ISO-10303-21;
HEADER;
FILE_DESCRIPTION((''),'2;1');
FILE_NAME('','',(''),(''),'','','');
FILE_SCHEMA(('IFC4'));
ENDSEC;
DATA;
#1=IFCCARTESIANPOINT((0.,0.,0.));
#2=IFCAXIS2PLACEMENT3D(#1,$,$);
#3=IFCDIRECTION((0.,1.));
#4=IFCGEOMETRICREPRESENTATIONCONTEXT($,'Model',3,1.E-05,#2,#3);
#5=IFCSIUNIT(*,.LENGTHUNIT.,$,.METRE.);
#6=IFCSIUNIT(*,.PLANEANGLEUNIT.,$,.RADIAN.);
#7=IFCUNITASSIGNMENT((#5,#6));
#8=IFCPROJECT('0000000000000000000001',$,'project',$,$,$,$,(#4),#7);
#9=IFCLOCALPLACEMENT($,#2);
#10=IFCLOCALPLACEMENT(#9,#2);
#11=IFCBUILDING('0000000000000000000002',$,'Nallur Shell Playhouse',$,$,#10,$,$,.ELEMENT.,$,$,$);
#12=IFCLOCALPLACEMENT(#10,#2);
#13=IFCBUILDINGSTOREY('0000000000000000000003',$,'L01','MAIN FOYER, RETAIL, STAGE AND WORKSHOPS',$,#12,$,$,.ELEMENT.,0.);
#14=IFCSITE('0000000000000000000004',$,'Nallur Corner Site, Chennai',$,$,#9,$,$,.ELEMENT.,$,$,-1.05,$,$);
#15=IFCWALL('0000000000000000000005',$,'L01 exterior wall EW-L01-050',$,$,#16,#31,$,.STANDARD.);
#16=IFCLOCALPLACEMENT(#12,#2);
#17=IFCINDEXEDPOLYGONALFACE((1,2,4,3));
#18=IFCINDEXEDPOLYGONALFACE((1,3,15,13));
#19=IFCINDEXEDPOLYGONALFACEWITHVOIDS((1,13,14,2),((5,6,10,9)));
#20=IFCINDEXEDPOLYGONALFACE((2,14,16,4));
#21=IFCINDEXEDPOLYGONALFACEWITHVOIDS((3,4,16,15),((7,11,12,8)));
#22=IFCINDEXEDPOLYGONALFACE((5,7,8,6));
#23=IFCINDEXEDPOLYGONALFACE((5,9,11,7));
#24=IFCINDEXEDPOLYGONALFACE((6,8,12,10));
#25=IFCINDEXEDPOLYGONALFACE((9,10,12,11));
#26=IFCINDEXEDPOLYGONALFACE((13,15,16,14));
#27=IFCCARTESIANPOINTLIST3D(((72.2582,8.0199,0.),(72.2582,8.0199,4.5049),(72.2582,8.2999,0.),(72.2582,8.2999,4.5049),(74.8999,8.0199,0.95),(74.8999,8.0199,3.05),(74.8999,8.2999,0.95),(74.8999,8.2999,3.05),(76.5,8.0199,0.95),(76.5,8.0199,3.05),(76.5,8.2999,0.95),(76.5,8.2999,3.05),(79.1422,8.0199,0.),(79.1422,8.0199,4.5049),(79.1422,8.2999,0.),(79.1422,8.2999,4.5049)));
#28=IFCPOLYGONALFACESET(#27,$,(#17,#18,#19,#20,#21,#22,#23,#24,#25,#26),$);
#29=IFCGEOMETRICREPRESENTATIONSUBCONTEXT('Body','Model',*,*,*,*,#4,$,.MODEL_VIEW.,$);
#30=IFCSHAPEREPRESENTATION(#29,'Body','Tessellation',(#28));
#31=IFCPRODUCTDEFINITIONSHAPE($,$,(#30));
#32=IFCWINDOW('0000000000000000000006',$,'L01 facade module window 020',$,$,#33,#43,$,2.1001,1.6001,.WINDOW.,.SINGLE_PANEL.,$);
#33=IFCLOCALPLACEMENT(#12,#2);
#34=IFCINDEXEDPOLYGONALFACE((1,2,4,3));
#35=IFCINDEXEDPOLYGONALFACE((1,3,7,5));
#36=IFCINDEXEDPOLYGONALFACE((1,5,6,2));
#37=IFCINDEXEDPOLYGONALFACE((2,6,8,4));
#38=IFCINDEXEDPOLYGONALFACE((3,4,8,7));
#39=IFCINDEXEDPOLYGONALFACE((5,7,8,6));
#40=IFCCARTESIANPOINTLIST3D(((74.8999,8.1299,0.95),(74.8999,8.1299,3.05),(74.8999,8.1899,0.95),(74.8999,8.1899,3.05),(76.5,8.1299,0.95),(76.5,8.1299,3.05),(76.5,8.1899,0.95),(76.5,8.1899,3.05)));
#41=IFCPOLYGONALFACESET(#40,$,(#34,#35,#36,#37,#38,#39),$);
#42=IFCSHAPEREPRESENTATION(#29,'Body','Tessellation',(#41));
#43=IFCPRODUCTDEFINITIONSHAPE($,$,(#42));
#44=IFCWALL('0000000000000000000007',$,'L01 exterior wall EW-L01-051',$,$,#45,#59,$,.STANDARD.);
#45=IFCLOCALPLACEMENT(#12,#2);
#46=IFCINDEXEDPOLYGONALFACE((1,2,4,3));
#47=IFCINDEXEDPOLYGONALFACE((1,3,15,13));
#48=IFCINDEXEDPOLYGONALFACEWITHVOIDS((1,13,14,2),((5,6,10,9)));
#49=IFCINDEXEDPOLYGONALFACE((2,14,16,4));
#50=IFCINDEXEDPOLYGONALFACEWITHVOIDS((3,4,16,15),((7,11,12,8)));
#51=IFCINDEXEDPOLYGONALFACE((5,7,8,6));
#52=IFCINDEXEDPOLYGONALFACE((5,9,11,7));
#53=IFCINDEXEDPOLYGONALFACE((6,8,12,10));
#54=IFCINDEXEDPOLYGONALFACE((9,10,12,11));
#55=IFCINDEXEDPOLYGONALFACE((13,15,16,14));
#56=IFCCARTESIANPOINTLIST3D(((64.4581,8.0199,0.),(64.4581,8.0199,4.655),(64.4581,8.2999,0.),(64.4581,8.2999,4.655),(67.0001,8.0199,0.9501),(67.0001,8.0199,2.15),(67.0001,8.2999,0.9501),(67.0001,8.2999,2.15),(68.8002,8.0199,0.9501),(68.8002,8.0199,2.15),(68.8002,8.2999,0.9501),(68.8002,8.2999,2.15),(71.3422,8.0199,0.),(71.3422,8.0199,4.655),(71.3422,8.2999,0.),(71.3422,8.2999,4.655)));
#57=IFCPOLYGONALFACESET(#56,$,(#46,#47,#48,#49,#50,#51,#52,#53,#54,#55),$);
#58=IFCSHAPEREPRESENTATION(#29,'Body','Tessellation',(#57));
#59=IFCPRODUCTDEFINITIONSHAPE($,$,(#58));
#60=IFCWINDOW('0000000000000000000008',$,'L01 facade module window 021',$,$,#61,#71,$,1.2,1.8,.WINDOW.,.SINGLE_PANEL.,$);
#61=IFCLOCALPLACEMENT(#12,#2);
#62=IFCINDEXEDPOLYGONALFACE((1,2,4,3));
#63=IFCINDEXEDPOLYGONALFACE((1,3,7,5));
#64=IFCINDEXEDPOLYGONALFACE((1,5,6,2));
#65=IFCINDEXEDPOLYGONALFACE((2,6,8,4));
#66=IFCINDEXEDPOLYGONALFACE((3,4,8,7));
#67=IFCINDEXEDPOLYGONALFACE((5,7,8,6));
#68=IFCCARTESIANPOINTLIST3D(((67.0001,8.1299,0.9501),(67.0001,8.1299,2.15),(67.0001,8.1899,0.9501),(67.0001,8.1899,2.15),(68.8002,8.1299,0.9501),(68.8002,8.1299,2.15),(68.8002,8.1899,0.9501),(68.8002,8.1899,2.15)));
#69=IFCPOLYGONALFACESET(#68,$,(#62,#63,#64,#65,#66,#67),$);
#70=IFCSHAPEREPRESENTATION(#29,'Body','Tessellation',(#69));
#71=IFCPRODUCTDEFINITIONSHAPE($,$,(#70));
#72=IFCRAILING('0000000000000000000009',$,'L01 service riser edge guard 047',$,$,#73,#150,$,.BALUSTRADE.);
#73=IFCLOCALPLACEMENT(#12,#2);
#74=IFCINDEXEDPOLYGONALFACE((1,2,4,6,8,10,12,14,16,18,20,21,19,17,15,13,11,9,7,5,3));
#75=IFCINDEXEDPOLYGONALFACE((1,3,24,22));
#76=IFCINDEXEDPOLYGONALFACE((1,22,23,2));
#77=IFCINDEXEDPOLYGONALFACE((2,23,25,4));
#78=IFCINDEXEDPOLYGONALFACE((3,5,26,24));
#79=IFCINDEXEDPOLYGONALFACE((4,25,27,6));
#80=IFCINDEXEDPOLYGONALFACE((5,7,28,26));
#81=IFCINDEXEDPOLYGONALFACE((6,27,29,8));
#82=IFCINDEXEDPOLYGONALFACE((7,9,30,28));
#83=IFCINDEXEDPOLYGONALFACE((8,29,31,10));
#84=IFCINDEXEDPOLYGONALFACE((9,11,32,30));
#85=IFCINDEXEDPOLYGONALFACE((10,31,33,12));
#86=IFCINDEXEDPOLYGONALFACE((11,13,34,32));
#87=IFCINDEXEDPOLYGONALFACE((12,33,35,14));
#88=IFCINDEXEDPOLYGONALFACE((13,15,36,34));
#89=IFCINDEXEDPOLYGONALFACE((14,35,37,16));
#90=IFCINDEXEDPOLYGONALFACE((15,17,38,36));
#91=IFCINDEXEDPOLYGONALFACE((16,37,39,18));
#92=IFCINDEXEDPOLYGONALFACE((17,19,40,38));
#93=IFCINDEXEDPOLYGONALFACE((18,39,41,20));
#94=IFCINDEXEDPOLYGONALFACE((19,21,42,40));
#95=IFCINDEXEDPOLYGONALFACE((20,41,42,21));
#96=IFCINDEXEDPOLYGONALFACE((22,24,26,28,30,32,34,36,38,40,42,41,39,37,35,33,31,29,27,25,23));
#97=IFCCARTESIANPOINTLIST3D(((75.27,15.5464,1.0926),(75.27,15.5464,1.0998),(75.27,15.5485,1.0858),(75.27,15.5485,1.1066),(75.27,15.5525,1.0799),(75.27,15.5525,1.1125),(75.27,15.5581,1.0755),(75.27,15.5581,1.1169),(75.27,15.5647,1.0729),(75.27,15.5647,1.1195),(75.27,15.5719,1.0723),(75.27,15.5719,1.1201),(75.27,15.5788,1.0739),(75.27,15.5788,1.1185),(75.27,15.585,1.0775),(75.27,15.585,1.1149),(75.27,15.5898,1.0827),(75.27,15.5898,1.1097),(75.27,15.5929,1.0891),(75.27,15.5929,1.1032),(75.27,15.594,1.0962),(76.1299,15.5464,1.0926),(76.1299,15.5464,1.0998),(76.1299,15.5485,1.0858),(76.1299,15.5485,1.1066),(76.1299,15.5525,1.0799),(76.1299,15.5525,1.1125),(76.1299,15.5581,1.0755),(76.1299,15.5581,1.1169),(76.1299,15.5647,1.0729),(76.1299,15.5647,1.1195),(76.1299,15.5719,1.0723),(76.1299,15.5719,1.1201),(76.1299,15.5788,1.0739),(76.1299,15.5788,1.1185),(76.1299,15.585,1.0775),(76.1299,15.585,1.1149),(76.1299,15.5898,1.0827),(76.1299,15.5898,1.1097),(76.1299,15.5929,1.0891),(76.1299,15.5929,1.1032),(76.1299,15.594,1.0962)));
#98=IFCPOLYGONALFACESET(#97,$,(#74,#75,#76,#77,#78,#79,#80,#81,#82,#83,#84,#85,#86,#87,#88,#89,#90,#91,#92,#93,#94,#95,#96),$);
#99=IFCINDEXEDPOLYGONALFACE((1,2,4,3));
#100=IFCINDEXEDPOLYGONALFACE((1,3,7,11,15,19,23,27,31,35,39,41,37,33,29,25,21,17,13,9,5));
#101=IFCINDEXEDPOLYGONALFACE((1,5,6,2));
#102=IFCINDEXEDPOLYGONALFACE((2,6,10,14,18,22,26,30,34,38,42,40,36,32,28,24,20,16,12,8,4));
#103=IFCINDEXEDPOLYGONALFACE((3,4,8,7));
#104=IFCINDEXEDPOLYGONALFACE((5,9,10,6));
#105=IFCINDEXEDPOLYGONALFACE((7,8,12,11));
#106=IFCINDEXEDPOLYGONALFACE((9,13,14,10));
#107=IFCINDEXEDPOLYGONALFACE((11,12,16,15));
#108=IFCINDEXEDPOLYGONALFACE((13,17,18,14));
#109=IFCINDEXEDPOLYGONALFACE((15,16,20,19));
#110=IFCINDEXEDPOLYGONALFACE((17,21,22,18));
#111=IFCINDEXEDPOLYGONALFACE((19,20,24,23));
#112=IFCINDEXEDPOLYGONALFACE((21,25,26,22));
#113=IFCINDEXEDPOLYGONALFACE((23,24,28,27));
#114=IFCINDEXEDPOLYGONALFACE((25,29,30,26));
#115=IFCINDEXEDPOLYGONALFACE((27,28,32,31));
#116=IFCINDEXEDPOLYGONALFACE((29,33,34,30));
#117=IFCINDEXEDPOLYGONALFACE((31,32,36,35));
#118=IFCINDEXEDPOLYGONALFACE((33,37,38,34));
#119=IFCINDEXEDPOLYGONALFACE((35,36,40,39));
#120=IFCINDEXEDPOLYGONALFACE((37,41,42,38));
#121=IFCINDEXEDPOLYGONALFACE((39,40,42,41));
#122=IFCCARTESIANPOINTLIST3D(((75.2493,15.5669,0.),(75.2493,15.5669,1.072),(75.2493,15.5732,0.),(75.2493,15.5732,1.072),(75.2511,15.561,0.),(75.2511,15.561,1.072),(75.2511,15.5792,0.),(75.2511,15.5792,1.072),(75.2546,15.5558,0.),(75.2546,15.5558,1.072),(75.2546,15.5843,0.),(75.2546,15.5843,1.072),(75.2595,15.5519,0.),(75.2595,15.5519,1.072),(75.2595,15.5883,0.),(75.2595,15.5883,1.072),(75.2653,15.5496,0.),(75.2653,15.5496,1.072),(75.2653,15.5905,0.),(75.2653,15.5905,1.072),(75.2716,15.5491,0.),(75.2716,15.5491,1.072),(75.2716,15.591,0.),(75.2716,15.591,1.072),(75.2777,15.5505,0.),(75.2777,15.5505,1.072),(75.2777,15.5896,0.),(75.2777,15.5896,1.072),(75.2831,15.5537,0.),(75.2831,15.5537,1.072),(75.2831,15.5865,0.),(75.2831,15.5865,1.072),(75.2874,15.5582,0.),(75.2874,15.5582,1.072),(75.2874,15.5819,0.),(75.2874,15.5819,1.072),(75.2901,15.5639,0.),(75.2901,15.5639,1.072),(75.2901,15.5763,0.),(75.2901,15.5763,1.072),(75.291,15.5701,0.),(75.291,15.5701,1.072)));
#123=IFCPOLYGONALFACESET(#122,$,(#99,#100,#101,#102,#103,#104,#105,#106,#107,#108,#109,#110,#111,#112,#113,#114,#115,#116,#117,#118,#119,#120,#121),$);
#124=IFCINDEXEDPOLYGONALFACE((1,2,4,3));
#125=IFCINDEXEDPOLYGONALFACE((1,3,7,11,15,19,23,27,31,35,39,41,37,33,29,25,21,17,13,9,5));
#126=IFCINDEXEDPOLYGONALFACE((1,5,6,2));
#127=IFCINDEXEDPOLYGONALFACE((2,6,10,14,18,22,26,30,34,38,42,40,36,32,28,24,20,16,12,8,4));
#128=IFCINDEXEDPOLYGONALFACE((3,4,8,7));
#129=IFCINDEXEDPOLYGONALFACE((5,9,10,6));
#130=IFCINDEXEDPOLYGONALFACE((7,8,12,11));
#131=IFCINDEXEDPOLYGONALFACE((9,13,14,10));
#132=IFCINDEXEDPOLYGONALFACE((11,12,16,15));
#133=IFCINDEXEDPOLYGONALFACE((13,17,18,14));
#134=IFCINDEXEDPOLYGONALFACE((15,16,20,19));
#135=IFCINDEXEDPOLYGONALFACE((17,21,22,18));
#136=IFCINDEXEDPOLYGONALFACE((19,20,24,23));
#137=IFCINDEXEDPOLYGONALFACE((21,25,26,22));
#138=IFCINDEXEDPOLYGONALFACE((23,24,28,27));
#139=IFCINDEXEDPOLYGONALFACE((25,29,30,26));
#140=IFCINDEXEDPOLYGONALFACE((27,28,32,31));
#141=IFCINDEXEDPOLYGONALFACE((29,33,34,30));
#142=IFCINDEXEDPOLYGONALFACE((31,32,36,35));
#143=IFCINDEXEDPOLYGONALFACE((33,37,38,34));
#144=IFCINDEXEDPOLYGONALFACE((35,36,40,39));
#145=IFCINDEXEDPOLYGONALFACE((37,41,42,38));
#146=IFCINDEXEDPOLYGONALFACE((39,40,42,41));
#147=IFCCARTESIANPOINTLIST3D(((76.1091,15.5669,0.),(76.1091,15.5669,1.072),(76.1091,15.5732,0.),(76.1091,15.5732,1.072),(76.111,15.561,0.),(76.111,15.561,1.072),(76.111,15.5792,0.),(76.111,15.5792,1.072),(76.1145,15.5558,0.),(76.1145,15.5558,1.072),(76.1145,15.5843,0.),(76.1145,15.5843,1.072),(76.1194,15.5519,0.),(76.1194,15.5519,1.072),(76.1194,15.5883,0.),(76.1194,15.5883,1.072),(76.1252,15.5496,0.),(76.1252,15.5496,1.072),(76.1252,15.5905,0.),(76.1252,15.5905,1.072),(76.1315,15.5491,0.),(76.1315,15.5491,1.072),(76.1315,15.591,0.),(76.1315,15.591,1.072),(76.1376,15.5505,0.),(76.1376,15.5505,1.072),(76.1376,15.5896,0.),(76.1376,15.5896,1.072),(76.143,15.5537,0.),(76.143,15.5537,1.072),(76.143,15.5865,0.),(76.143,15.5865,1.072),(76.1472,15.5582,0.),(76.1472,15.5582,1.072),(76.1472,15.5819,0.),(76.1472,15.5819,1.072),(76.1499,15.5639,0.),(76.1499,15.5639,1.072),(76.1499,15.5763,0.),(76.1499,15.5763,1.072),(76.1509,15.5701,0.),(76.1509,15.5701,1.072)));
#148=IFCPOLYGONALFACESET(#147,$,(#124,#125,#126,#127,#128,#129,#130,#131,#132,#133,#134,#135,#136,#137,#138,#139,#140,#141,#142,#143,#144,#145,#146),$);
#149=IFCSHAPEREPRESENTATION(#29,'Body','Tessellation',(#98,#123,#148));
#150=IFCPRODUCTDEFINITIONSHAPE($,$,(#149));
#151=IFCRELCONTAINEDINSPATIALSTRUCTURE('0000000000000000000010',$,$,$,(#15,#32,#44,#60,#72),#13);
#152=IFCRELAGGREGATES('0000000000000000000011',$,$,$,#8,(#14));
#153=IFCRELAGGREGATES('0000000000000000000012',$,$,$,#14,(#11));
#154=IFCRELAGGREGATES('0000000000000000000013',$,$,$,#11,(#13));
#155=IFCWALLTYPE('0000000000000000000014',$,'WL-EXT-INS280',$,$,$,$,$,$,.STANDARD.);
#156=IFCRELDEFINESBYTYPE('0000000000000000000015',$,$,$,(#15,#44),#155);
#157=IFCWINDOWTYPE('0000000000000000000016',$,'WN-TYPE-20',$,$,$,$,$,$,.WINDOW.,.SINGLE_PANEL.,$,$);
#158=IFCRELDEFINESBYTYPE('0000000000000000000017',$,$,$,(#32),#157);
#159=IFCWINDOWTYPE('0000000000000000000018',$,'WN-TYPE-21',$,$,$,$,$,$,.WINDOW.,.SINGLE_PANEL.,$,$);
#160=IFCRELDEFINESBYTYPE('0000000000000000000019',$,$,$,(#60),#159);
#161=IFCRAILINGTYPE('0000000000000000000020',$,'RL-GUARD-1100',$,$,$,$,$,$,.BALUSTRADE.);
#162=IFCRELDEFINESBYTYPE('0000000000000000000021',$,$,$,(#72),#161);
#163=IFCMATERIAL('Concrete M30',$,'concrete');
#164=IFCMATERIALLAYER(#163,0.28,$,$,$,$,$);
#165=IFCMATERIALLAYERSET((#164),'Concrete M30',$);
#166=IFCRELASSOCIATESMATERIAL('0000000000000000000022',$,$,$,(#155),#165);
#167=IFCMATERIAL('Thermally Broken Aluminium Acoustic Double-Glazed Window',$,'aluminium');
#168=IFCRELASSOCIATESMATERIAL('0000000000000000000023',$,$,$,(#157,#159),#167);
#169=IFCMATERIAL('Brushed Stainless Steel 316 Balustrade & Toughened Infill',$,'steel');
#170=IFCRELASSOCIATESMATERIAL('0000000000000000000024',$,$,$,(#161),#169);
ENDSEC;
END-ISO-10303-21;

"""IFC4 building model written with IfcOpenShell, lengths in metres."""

from ifc_helpers import new_model, si_unit, direction, frame, frame_2d, origin, origin_2d, place, context, subcontext, project, spatial, rectangle, circle, extrude, material, layer, layer_set, type_object, element, fill, save


model = new_model("IFC4")

# Units and contexts
model_context = context("Model", 3, precision=1e-05, world=origin(), true_north=direction((0.0, 1.0)))
body_context = subcontext(model_context, "Body", "Model", "MODEL_VIEW")
ifc_project = project(units=[si_unit("LENGTHUNIT", "METRE"), si_unit("PLANEANGLEUNIT", "RADIAN")], contexts=[model_context])

# Site, building, storey
site_placement = place(None, origin())
site = spatial("IfcSite", under=ifc_project, at=site_placement, Name="Nallur Corner Site, Chennai", CompositionType="ELEMENT", RefElevation=-1.05)
building_placement = place(site_placement, origin())
building = spatial("IfcBuilding", under=site, at=building_placement, Name="Nallur Shell Playhouse", CompositionType="ELEMENT")
storey_placement = place(building_placement, origin())
storey = spatial("IfcBuildingStorey", under=building, at=storey_placement, Name="L01", Description="MAIN FOYER, RETAIL, STAGE AND WORKSHOPS", CompositionType="ELEMENT", Elevation=0.0)

# Shared definitions
ifc_material_1 = material(Name="Concrete M30", Category="concrete")

# Walls, openings, windows
ifc_layer = layer(ifc_material_1, 0.28)
ifc_layer_set = layer_set([ifc_layer], Name="Concrete M30")
wall_type = type_object("IfcWallType", Name="WL-EXT-INS280", PredefinedType="STANDARD", material=ifc_layer_set)
wall_1_placement = place(storey_placement, frame((79.1421, 8.1599, 0.0), z_axis=(0.0, 0.0, 1.0), x_axis=(-1.0, 0.0, 0.0)))
wall_1 = element("IfcWall", 1, at=wall_1_placement, inside=storey, type_object=wall_type, Name="L01 exterior wall EW-L01-050", PredefinedType="STANDARD", context=body_context, shape_type="SweptSolid", body=[
    extrude(rectangle(XDim=6.884, YDim=0.28, at=frame_2d((3.4419, 0.0))), origin(), (0.0, 0.0, 1.0), 4.5049),
])
opening_1_placement = place(wall_1_placement, frame((2.6421, 0.0, 0.95)))
opening_1 = element("IfcOpeningElement", 2, at=opening_1_placement, cuts=wall_1, PredefinedType="OPENING", context=body_context, shape_type="SweptSolid", body=[
    extrude(rectangle(XDim=1.6001, YDim=2.1001, at=frame_2d((0.8, 1.05))), frame((0.0, 0.1499, 0.0), z_axis=(0.0, -1.0, 0.0), x_axis=(1.0, 0.0, 0.0)), (0.0, 0.0, 1.0), 0.3),
])
ifc_material_2 = material(Name="Thermally Broken Aluminium Acoustic Double-Glazed Window", Category="aluminium")
window_type_1 = type_object("IfcWindowType", Name="WN-TYPE-20", PartitioningType="SINGLE_PANEL", PredefinedType="WINDOW", material=ifc_material_2)
window_1_placement = place(opening_1_placement, origin())
window_1 = element("IfcWindow", 3, at=window_1_placement, inside=storey, type_object=window_type_1, Name="L01 facade module window 020", OverallHeight=2.1001, OverallWidth=1.6001, PartitioningType="SINGLE_PANEL", PredefinedType="WINDOW", context=body_context, shape_type="SweptSolid", body=[
    extrude(rectangle(XDim=1.6001, YDim=2.1001, at=frame_2d((0.8, 1.05))), frame((0.0, 0.03, 0.0), z_axis=(0.0, -1.0, 0.0), x_axis=(1.0, 0.0, 0.0)), (0.0, 0.0, 1.0), 0.0601),
])
fill(opening_1, window_1)
wall_2_placement = place(storey_placement, frame((71.342, 8.1599, 0.0), z_axis=(0.0, 0.0, 1.0), x_axis=(-1.0, 0.0, 0.0)))
wall_2 = element("IfcWall", 4, at=wall_2_placement, inside=storey, type_object=wall_type, Name="L01 exterior wall EW-L01-051", PredefinedType="STANDARD", context=body_context, shape_type="SweptSolid", body=[
    extrude(rectangle(XDim=6.884, YDim=0.28, at=frame_2d((3.4419, 0.0))), origin(), (0.0, 0.0, 1.0), 4.655),
])
opening_2_placement = place(wall_2_placement, frame((2.542, 0.0, 0.95)))
opening_2 = element("IfcOpeningElement", 5, at=opening_2_placement, cuts=wall_2, PredefinedType="OPENING", context=body_context, shape_type="SweptSolid", body=[
    extrude(rectangle(XDim=1.8, YDim=1.2, at=frame_2d((0.8999, 0.6001))), frame((0.0, 0.1499, 0.0), z_axis=(0.0, -1.0, 0.0), x_axis=(1.0, 0.0, 0.0)), (0.0, 0.0, 1.0), 0.3),
])
window_type_2 = type_object("IfcWindowType", Name="WN-TYPE-21", PartitioningType="SINGLE_PANEL", PredefinedType="WINDOW", material=ifc_material_2)
window_2_placement = place(opening_2_placement, origin())
window_2 = element("IfcWindow", 6, at=window_2_placement, inside=storey, type_object=window_type_2, Name="L01 facade module window 021", OverallHeight=1.2, OverallWidth=1.8, PartitioningType="SINGLE_PANEL", PredefinedType="WINDOW", context=body_context, shape_type="SweptSolid", body=[
    extrude(rectangle(XDim=1.8, YDim=1.2, at=frame_2d((0.8999, 0.6001))), frame((0.0, 0.03, 0.0), z_axis=(0.0, -1.0, 0.0), x_axis=(1.0, 0.0, 0.0)), (0.0, 0.0, 1.0), 0.0601),
])
fill(opening_2, window_2)

# Railing
ifc_material_3 = material(Name="Brushed Stainless Steel 316 Balustrade & Toughened Infill", Category="steel")
railing_type = type_object("IfcRailingType", Name="RL-GUARD-1100", PredefinedType="BALUSTRADE", material=ifc_material_3)
railing_1_placement = place(storey_placement, frame((75.27, 15.5701, 0.0)))
element("IfcRailing", 7, at=railing_1_placement, inside=storey, type_object=railing_type, Name="L01 service riser edge guard 047", PredefinedType="BALUSTRADE", context=body_context, shape_type="SweptSolid", body=[
    extrude(circle(Radius=0.0239, at=origin_2d()), frame((0.0, 0.0, 1.0962), z_axis=(1.0, 0.0, 0.0), x_axis=(0.0, 1.0, 0.0)), (0.0, 0.0, 1.0), 0.8599),
    extrude(circle(Radius=0.021, at=origin_2d()), origin(), (0.0, 0.0, 1.0), 1.072),
    extrude(circle(Radius=0.021, at=origin_2d()), frame((0.8599, 0.0, 0.0)), (0.0, 0.0, 1.0), 1.072),
])

save(model, "model.ifc")
